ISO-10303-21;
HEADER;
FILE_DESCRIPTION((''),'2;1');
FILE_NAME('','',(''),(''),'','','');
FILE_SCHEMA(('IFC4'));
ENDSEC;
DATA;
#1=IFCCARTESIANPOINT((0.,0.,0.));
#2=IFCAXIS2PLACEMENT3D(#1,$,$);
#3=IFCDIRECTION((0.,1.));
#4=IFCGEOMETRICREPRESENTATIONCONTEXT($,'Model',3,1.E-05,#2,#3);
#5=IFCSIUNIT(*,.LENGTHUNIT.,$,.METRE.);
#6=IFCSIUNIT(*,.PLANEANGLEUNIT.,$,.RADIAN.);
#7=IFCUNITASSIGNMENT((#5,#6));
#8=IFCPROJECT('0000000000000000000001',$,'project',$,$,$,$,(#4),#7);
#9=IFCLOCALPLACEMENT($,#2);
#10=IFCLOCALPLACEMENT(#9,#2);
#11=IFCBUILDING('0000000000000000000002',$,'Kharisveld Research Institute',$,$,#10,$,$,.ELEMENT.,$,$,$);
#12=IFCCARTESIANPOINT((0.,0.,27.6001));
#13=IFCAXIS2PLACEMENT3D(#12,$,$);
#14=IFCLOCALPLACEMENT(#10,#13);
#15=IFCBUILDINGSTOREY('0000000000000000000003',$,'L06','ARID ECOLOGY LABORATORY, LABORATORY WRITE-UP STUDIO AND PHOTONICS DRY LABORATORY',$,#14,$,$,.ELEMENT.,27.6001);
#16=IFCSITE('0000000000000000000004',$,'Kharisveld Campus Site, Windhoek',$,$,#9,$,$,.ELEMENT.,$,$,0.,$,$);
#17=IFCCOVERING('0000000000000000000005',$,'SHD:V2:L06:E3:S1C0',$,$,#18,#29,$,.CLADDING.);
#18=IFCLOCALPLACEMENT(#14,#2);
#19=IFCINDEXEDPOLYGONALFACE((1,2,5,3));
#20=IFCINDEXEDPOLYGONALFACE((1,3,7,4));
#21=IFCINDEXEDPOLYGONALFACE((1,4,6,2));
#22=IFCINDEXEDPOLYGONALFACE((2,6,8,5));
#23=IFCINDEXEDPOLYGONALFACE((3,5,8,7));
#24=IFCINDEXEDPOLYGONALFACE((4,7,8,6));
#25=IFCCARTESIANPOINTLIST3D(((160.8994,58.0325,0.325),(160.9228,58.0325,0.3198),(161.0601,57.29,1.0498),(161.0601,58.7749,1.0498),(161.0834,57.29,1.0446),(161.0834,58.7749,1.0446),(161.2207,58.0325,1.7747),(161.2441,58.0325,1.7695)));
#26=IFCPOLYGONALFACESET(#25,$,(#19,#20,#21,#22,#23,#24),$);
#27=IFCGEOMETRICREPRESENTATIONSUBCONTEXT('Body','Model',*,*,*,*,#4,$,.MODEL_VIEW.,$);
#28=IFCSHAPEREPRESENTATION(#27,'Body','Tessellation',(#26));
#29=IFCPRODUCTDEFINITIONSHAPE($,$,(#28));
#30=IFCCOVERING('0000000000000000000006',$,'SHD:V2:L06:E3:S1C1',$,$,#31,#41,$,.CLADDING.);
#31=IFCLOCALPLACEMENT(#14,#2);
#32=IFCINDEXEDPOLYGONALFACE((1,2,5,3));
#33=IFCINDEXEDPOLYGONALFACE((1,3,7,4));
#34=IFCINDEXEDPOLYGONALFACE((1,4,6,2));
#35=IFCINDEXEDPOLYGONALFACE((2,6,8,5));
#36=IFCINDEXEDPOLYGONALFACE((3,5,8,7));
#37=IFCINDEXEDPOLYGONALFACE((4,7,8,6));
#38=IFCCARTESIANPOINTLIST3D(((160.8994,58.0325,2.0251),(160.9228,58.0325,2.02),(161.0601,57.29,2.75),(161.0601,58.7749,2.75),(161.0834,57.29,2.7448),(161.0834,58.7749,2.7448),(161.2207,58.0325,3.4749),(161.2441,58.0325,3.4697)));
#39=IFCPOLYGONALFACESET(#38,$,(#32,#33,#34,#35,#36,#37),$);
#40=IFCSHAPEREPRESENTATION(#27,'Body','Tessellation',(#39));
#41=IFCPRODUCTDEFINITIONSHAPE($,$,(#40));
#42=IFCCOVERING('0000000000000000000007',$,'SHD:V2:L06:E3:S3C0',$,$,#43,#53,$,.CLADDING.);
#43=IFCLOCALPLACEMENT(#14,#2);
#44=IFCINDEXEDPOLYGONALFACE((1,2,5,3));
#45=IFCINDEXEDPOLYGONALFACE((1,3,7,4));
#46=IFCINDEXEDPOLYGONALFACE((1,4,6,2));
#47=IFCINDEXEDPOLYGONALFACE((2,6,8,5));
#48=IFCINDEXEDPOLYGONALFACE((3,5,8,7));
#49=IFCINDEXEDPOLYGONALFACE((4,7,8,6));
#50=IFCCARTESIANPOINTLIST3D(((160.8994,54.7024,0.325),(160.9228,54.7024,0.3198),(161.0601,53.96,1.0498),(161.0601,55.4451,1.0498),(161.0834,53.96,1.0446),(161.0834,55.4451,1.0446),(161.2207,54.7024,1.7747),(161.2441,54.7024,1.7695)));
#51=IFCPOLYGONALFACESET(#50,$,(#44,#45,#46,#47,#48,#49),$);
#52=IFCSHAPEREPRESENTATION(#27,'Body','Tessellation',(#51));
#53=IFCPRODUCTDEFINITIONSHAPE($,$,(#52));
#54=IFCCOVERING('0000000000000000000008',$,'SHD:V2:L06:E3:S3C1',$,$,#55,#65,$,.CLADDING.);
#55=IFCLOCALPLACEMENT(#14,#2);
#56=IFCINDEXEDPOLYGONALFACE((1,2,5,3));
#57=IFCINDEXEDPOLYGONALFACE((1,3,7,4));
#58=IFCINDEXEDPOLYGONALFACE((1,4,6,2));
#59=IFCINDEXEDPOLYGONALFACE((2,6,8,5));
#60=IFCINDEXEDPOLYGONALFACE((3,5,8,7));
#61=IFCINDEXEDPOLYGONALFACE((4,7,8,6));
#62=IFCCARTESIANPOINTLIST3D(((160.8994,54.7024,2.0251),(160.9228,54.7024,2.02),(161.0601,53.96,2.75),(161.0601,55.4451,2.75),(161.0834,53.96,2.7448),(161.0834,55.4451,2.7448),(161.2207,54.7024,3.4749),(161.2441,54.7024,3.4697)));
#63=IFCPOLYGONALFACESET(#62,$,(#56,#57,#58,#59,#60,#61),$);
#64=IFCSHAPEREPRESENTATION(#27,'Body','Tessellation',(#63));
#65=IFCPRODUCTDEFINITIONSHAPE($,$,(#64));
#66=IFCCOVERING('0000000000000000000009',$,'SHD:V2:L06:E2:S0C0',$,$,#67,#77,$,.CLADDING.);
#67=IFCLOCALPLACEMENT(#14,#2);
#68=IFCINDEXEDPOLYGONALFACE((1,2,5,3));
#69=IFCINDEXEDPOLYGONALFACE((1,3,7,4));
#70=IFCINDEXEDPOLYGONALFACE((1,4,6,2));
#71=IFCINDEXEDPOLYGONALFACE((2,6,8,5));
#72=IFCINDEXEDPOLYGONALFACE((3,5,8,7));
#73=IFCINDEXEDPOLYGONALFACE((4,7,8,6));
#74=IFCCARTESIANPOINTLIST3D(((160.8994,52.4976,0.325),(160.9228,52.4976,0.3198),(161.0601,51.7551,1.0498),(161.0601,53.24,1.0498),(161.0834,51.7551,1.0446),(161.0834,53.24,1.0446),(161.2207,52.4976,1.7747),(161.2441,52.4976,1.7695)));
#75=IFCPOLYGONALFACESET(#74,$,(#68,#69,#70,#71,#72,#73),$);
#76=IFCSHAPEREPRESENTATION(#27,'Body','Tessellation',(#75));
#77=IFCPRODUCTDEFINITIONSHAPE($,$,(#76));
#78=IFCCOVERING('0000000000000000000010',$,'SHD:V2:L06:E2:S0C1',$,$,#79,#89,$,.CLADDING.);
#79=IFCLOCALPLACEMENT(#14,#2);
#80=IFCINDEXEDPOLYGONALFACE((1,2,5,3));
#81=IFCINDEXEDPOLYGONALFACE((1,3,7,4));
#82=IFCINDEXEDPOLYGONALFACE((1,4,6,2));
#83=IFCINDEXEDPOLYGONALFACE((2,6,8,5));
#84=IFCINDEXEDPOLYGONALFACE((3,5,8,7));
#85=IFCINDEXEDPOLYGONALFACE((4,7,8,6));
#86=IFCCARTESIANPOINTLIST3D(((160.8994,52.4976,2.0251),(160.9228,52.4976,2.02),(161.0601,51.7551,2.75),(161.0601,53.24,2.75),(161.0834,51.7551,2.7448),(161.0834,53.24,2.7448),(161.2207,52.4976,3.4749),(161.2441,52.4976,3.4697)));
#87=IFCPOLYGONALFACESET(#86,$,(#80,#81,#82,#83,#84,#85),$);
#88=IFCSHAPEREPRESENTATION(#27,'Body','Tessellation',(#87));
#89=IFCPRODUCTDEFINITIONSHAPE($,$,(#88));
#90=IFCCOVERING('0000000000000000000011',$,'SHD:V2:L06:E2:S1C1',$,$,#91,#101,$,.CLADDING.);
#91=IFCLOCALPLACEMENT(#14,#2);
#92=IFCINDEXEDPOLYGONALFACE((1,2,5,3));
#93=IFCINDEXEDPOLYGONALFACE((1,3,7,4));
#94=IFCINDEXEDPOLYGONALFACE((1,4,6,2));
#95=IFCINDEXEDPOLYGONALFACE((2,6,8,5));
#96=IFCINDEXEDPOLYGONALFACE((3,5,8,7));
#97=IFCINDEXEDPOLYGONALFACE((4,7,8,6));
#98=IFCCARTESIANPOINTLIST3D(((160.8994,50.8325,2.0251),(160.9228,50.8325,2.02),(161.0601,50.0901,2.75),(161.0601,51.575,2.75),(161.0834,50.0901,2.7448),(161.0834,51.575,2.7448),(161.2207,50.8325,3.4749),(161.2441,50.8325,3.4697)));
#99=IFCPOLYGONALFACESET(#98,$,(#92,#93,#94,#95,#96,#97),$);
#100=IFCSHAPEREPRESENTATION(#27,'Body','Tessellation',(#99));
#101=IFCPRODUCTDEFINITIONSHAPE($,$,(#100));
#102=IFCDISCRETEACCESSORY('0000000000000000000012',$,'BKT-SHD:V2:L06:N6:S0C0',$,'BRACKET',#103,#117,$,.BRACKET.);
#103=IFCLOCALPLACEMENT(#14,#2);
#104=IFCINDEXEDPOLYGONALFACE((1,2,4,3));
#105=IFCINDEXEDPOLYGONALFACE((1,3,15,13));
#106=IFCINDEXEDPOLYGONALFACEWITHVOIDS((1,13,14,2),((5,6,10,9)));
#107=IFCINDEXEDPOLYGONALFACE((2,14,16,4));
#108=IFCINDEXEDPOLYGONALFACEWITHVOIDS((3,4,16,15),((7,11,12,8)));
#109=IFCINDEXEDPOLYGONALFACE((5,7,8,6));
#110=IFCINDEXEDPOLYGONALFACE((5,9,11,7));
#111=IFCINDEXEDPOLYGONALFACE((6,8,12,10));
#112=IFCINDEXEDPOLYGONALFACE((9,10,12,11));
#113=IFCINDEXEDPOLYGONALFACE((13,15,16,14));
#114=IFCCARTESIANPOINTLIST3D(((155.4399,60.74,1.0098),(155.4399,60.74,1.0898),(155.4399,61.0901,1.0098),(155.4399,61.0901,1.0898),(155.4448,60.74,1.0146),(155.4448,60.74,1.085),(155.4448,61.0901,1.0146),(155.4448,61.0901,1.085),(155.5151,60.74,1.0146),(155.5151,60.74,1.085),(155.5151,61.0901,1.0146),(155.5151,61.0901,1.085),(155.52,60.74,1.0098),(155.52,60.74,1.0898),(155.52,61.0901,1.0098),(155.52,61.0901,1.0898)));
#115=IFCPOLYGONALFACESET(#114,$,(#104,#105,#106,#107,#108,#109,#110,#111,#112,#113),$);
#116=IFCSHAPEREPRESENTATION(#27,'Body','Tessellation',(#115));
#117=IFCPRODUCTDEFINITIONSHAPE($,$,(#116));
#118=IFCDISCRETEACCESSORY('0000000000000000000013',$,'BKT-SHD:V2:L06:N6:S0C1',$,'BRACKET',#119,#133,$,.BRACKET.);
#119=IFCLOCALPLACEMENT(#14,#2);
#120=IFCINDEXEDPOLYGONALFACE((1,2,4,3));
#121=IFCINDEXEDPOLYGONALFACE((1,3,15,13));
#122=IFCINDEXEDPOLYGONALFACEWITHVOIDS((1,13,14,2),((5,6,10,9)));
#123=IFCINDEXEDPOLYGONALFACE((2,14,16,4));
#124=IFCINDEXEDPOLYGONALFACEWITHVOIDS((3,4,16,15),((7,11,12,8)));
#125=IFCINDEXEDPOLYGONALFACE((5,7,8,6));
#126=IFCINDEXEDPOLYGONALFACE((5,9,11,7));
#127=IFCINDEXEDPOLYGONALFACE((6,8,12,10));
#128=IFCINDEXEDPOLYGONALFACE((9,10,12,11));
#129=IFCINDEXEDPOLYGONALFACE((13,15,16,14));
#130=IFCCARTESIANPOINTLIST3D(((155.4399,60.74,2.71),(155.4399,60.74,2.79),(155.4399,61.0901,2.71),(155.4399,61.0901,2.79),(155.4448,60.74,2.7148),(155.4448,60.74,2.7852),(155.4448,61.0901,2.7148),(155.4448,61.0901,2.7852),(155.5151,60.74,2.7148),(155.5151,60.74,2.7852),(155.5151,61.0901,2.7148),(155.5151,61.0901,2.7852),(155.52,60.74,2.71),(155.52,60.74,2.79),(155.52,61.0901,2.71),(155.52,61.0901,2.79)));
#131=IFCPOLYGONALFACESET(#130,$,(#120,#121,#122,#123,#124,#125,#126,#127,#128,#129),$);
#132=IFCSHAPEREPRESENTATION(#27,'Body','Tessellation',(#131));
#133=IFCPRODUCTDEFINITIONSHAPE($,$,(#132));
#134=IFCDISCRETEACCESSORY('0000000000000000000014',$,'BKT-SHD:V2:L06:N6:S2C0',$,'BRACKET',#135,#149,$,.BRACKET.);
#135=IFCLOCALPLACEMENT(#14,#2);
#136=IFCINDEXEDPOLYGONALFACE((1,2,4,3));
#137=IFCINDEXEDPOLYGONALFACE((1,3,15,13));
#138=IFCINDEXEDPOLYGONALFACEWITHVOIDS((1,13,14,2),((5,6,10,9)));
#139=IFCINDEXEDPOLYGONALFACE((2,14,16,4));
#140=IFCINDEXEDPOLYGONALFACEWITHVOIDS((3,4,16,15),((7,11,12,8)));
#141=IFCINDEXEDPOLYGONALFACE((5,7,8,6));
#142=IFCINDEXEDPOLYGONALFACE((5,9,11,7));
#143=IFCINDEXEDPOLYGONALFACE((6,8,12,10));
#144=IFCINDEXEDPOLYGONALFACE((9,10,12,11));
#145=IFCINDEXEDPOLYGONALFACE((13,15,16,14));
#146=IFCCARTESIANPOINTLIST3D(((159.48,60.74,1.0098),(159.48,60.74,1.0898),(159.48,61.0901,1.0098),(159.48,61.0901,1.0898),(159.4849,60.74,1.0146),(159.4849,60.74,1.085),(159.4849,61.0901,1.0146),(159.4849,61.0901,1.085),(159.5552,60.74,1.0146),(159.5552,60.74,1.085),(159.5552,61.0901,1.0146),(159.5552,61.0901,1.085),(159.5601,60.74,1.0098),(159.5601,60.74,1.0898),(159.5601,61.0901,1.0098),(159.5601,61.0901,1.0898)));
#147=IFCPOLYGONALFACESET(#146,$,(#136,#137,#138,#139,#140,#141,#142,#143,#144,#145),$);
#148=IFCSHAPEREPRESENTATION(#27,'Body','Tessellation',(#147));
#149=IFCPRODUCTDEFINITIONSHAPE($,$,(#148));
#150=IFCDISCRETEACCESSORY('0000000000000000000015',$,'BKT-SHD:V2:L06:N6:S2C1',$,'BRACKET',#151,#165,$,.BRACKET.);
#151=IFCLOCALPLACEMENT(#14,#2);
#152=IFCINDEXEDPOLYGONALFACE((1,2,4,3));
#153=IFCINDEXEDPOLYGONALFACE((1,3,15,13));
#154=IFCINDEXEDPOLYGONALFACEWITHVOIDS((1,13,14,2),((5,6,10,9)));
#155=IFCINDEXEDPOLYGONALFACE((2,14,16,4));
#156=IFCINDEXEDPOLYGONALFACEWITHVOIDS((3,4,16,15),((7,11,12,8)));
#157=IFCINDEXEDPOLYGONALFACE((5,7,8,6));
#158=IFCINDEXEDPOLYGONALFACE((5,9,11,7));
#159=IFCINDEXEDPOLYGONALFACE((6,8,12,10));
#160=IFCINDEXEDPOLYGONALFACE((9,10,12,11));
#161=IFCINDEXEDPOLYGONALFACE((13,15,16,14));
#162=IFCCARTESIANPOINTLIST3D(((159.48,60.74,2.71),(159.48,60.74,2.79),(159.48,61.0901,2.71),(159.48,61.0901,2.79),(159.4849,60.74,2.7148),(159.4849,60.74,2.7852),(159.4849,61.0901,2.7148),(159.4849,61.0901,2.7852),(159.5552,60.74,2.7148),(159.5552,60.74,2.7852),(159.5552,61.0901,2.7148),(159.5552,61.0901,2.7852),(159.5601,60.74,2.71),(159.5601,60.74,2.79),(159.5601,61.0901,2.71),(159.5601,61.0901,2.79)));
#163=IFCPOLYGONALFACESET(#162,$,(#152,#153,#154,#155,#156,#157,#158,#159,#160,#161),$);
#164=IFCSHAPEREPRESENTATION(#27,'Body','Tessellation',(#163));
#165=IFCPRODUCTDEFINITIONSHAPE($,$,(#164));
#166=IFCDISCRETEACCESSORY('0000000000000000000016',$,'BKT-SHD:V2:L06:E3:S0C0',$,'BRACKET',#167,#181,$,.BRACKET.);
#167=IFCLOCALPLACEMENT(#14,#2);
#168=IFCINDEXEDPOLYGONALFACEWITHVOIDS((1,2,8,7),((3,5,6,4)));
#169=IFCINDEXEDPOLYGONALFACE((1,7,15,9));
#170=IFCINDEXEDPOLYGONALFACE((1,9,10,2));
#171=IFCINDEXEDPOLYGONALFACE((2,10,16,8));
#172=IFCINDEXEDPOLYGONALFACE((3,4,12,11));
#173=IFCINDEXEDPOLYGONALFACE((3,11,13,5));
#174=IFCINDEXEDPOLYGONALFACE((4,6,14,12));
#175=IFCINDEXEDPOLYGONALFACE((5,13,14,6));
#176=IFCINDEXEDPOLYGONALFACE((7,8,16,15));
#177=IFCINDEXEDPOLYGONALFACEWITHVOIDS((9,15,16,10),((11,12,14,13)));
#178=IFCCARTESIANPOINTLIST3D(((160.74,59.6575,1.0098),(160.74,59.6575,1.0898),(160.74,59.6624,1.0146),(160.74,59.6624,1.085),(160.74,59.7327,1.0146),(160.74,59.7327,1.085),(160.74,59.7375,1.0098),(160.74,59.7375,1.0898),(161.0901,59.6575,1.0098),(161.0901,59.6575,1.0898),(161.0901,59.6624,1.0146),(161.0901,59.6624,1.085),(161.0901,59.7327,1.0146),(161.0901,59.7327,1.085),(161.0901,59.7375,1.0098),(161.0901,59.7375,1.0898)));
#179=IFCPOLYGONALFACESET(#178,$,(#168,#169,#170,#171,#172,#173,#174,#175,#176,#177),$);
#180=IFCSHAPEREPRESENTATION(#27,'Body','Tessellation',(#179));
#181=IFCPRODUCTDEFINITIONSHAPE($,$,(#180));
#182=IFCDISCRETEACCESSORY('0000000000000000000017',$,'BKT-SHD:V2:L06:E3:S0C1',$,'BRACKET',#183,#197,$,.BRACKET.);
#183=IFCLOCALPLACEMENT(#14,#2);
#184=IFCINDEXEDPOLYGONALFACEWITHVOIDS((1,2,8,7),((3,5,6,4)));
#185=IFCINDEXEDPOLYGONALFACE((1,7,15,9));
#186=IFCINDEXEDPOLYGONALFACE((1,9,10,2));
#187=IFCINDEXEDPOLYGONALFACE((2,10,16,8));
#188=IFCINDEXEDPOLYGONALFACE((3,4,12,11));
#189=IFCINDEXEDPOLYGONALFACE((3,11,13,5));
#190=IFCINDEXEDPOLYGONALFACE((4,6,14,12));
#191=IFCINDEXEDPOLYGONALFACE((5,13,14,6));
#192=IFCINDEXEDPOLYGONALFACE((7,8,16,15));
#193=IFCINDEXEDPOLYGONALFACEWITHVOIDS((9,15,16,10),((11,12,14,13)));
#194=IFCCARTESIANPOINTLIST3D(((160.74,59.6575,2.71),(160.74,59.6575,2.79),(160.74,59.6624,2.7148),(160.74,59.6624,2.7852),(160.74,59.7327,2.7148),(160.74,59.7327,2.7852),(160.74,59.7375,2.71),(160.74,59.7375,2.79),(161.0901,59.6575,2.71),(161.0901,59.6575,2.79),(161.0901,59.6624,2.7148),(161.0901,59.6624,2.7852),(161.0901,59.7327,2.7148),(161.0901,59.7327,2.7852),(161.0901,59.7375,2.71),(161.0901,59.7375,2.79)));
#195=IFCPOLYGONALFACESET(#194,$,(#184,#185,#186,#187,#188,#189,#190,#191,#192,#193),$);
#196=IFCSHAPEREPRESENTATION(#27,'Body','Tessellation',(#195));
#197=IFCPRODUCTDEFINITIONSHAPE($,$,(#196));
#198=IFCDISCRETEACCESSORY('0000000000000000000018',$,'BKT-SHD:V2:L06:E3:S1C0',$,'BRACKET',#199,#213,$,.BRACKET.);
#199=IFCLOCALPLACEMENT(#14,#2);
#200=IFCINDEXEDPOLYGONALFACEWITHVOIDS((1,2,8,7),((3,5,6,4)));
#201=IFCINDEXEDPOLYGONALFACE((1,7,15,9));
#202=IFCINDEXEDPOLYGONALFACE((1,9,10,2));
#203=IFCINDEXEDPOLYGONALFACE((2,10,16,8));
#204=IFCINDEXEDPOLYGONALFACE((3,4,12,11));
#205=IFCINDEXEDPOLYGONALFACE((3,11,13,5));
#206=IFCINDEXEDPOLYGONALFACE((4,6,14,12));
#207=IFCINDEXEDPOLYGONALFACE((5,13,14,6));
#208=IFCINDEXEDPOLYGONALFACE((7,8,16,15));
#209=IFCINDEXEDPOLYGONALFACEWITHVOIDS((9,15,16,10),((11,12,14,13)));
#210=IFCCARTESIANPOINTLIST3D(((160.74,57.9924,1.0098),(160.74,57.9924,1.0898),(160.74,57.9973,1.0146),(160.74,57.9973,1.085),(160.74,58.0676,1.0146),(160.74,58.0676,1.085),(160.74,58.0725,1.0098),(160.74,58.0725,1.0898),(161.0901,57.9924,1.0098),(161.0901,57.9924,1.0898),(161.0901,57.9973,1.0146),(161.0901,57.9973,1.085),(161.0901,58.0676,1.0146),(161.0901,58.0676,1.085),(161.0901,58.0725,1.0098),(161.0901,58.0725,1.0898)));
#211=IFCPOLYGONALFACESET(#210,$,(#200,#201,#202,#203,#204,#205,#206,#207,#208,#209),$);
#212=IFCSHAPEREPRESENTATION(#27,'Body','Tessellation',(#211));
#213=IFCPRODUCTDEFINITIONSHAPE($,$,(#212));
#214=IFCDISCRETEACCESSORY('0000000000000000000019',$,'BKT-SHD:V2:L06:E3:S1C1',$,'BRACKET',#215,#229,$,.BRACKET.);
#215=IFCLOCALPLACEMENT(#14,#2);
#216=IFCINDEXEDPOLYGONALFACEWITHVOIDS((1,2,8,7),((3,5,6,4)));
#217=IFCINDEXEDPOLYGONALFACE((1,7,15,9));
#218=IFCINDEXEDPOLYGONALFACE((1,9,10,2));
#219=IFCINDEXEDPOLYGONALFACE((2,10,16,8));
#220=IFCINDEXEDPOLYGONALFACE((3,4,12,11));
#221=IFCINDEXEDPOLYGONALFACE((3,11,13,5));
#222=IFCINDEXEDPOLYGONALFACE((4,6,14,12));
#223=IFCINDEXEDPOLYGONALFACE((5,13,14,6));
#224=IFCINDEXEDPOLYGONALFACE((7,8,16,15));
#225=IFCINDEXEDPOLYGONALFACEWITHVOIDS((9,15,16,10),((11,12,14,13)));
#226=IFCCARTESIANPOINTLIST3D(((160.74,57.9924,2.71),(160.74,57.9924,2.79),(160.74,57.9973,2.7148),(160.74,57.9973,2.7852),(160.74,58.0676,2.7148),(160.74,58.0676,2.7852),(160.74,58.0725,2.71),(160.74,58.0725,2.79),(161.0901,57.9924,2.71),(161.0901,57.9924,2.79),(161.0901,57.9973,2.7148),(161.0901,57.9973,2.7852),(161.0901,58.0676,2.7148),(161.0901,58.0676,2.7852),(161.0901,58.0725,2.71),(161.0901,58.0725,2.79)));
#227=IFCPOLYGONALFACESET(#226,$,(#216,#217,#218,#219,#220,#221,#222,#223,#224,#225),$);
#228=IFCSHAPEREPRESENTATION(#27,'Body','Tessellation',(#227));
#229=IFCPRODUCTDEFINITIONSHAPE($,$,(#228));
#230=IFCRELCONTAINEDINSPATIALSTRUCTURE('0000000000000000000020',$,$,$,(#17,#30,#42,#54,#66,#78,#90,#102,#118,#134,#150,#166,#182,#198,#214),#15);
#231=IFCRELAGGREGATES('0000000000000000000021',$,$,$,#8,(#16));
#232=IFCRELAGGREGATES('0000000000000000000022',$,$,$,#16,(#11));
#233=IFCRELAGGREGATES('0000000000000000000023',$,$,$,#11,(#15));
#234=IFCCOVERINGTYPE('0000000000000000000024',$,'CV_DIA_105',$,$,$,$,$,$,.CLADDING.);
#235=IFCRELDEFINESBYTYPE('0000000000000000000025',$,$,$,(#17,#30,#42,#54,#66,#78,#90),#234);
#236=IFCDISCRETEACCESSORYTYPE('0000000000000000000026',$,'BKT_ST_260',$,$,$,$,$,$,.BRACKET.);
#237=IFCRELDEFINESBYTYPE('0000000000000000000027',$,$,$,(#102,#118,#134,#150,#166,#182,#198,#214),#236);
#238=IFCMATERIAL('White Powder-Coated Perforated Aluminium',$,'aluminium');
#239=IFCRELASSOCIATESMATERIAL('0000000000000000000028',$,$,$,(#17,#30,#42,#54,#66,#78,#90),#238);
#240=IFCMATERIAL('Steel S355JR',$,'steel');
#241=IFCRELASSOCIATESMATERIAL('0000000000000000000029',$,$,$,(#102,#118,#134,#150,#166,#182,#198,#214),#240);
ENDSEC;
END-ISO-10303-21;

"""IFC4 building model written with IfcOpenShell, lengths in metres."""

from ifc_helpers import new_model, si_unit, direction, frame, origin, origin_2d, place, context, subcontext, project, spatial, polyline, hollow_rectangle, outline, extrude, material, type_object, element, save


model = new_model("IFC4")

# Units and contexts
model_context = context("Model", 3, precision=1e-05, world=origin(), true_north=direction((0.0, 1.0)))
body_context = subcontext(model_context, "Body", "Model", "MODEL_VIEW")
ifc_project = project(units=[si_unit("LENGTHUNIT", "METRE"), si_unit("PLANEANGLEUNIT", "RADIAN")], contexts=[model_context])

# Site, building, storey
site_placement = place(None, origin())
site = spatial("IfcSite", under=ifc_project, at=site_placement, Name="Kharisveld Campus Site, Windhoek", CompositionType="ELEMENT", RefElevation=0.0)
building_placement = place(site_placement, origin())
building = spatial("IfcBuilding", under=site, at=building_placement, Name="Kharisveld Research Institute", CompositionType="ELEMENT")
storey_placement = place(building_placement, frame((0.0, 0.0, 27.6001)))
storey = spatial("IfcBuildingStorey", under=building, at=storey_placement, Name="L06", Description="ARID ECOLOGY LABORATORY, LABORATORY WRITE-UP STUDIO AND PHOTONICS DRY LABORATORY", CompositionType="ELEMENT", Elevation=27.6001)

# Coverings
ifc_material_1 = material(Name="White Powder-Coated Perforated Aluminium", Category="aluminium")
covering_type = type_object("IfcCoveringType", Name="CV_DIA_105", PredefinedType="CLADDING")
for number, where, z_axis, x_axis, name in (
    (1, (160.8994, 58.0325, 0.325), (-0.976311, 0.0, 0.216373), (0.153, -0.707102, 0.69036), "SHD:V2:L06:E3:S1C0"),
    (2, (160.8994, 58.0325, 2.0251), (-0.976311, 0.0, 0.216373), (0.153, -0.707102, 0.69036), "SHD:V2:L06:E3:S1C1"),
):
    element("IfcCovering", number, at=place(storey_placement, frame(where, z_axis=z_axis, x_axis=x_axis)), inside=storey, type_object=covering_type, material=ifc_material_1, Name=name, PredefinedType="CLADDING", context=body_context, shape_type="SweptSolid", body=[
        extrude(outline(polyline([(0.0, 0.0), (1.05, 0.0), (1.05, 1.05), (0.0, 1.05), (0.0, 0.0)])), origin(), (0.0, 0.0, -1.0), 0.0239),
    ])
for number, where, z_axis, x_axis, name in (
    (3, (160.8994, 54.7024, 0.325), (-0.976311, 0.0, 0.216373), (0.153, -0.707102, 0.69036), "SHD:V2:L06:E3:S3C0"),
    (4, (160.8994, 54.7024, 2.0251), (-0.976311, 0.0, 0.216373), (0.153, -0.707102, 0.69036), "SHD:V2:L06:E3:S3C1"),
):
    element("IfcCovering", number, at=place(storey_placement, frame(where, z_axis=z_axis, x_axis=x_axis)), inside=storey, type_object=covering_type, material=ifc_material_1, Name=name, PredefinedType="CLADDING", context=body_context, shape_type="SweptSolid", body=[
        extrude(outline(polyline([(0.0, 0.0), (1.05, 0.0), (1.05, 1.05), (-0.0002, 1.0501), (0.0, 0.0)])), origin(), (0.0, 0.0, -1.0), 0.0239),
    ])
for number, where, z_axis, x_axis, name in (
    (5, (160.8994, 52.4976, 0.325), (-0.976311, 0.0, 0.216373), (0.153, -0.707102, 0.69036), "SHD:V2:L06:E2:S0C0"),
    (6, (160.8994, 52.4976, 2.0251), (-0.976311, 0.0, 0.216373), (0.153, -0.707102, 0.69036), "SHD:V2:L06:E2:S0C1"),
    (7, (160.8994, 50.8325, 2.0251), (-0.976311, 0.0, 0.216373), (0.153, -0.707102, 0.69036), "SHD:V2:L06:E2:S1C1"),
):
    element("IfcCovering", number, at=place(storey_placement, frame(where, z_axis=z_axis, x_axis=x_axis)), inside=storey, type_object=covering_type, material=ifc_material_1, Name=name, PredefinedType="CLADDING", context=body_context, shape_type="SweptSolid", body=[
        extrude(outline(polyline([(0.0, 0.0), (1.05, 0.0), (1.05, 1.05), (0.0, 1.05), (0.0, 0.0)])), origin(), (0.0, 0.0, -1.0), 0.0239),
    ])

# Discrete accessories
ifc_material_2 = material(Name="Steel S355JR", Category="steel")
discrete_accessory_type = type_object("IfcDiscreteAccessoryType", Name="BKT_ST_260", PredefinedType="BRACKET")
for number, where, z_axis, x_axis, name in (
    (8, (155.48, 60.74, 1.0498), (0.0, 1.0, 0.0), (-1.0, 0.0, 0.0), "BKT-SHD:V2:L06:N6:S0C0"),
    (9, (155.48, 60.74, 2.75), (0.0, 1.0, 0.0), (-1.0, 0.0, 0.0), "BKT-SHD:V2:L06:N6:S0C1"),
    (10, (159.52, 60.74, 1.0498), (0.0, 1.0, 0.0), (-1.0, 0.0, 0.0), "BKT-SHD:V2:L06:N6:S2C0"),
    (11, (159.52, 60.74, 2.75), (0.0, 1.0, 0.0), (-1.0, 0.0, 0.0), "BKT-SHD:V2:L06:N6:S2C1"),
    (12, (160.74, 59.6975, 1.0498), (1.0, 0.0, 0.0), (0.0, 1.0, 0.0), "BKT-SHD:V2:L06:E3:S0C0"),
    (13, (160.74, 59.6975, 2.75), (1.0, 0.0, 0.0), (0.0, 1.0, 0.0), "BKT-SHD:V2:L06:E3:S0C1"),
    (14, (160.74, 58.0325, 1.0498), (1.0, 0.0, 0.0), (0.0, 1.0, 0.0), "BKT-SHD:V2:L06:E3:S1C0"),
    (15, (160.74, 58.0325, 2.75), (1.0, 0.0, 0.0), (0.0, 1.0, 0.0), "BKT-SHD:V2:L06:E3:S1C1"),
):
    element("IfcDiscreteAccessory", number, at=place(storey_placement, frame(where, z_axis=z_axis, x_axis=x_axis)), inside=storey, type_object=discrete_accessory_type, material=ifc_material_2, Name=name, ObjectType="BRACKET", PredefinedType="BRACKET", context=body_context, shape_type="SweptSolid", body=[
        extrude(hollow_rectangle(XDim=0.0801, YDim=0.0801, WallThickness=0.0049, at=origin_2d()), origin(), (0.0, 0.0, 1.0), 0.3501),
    ])

save(model, "model.ifc")
